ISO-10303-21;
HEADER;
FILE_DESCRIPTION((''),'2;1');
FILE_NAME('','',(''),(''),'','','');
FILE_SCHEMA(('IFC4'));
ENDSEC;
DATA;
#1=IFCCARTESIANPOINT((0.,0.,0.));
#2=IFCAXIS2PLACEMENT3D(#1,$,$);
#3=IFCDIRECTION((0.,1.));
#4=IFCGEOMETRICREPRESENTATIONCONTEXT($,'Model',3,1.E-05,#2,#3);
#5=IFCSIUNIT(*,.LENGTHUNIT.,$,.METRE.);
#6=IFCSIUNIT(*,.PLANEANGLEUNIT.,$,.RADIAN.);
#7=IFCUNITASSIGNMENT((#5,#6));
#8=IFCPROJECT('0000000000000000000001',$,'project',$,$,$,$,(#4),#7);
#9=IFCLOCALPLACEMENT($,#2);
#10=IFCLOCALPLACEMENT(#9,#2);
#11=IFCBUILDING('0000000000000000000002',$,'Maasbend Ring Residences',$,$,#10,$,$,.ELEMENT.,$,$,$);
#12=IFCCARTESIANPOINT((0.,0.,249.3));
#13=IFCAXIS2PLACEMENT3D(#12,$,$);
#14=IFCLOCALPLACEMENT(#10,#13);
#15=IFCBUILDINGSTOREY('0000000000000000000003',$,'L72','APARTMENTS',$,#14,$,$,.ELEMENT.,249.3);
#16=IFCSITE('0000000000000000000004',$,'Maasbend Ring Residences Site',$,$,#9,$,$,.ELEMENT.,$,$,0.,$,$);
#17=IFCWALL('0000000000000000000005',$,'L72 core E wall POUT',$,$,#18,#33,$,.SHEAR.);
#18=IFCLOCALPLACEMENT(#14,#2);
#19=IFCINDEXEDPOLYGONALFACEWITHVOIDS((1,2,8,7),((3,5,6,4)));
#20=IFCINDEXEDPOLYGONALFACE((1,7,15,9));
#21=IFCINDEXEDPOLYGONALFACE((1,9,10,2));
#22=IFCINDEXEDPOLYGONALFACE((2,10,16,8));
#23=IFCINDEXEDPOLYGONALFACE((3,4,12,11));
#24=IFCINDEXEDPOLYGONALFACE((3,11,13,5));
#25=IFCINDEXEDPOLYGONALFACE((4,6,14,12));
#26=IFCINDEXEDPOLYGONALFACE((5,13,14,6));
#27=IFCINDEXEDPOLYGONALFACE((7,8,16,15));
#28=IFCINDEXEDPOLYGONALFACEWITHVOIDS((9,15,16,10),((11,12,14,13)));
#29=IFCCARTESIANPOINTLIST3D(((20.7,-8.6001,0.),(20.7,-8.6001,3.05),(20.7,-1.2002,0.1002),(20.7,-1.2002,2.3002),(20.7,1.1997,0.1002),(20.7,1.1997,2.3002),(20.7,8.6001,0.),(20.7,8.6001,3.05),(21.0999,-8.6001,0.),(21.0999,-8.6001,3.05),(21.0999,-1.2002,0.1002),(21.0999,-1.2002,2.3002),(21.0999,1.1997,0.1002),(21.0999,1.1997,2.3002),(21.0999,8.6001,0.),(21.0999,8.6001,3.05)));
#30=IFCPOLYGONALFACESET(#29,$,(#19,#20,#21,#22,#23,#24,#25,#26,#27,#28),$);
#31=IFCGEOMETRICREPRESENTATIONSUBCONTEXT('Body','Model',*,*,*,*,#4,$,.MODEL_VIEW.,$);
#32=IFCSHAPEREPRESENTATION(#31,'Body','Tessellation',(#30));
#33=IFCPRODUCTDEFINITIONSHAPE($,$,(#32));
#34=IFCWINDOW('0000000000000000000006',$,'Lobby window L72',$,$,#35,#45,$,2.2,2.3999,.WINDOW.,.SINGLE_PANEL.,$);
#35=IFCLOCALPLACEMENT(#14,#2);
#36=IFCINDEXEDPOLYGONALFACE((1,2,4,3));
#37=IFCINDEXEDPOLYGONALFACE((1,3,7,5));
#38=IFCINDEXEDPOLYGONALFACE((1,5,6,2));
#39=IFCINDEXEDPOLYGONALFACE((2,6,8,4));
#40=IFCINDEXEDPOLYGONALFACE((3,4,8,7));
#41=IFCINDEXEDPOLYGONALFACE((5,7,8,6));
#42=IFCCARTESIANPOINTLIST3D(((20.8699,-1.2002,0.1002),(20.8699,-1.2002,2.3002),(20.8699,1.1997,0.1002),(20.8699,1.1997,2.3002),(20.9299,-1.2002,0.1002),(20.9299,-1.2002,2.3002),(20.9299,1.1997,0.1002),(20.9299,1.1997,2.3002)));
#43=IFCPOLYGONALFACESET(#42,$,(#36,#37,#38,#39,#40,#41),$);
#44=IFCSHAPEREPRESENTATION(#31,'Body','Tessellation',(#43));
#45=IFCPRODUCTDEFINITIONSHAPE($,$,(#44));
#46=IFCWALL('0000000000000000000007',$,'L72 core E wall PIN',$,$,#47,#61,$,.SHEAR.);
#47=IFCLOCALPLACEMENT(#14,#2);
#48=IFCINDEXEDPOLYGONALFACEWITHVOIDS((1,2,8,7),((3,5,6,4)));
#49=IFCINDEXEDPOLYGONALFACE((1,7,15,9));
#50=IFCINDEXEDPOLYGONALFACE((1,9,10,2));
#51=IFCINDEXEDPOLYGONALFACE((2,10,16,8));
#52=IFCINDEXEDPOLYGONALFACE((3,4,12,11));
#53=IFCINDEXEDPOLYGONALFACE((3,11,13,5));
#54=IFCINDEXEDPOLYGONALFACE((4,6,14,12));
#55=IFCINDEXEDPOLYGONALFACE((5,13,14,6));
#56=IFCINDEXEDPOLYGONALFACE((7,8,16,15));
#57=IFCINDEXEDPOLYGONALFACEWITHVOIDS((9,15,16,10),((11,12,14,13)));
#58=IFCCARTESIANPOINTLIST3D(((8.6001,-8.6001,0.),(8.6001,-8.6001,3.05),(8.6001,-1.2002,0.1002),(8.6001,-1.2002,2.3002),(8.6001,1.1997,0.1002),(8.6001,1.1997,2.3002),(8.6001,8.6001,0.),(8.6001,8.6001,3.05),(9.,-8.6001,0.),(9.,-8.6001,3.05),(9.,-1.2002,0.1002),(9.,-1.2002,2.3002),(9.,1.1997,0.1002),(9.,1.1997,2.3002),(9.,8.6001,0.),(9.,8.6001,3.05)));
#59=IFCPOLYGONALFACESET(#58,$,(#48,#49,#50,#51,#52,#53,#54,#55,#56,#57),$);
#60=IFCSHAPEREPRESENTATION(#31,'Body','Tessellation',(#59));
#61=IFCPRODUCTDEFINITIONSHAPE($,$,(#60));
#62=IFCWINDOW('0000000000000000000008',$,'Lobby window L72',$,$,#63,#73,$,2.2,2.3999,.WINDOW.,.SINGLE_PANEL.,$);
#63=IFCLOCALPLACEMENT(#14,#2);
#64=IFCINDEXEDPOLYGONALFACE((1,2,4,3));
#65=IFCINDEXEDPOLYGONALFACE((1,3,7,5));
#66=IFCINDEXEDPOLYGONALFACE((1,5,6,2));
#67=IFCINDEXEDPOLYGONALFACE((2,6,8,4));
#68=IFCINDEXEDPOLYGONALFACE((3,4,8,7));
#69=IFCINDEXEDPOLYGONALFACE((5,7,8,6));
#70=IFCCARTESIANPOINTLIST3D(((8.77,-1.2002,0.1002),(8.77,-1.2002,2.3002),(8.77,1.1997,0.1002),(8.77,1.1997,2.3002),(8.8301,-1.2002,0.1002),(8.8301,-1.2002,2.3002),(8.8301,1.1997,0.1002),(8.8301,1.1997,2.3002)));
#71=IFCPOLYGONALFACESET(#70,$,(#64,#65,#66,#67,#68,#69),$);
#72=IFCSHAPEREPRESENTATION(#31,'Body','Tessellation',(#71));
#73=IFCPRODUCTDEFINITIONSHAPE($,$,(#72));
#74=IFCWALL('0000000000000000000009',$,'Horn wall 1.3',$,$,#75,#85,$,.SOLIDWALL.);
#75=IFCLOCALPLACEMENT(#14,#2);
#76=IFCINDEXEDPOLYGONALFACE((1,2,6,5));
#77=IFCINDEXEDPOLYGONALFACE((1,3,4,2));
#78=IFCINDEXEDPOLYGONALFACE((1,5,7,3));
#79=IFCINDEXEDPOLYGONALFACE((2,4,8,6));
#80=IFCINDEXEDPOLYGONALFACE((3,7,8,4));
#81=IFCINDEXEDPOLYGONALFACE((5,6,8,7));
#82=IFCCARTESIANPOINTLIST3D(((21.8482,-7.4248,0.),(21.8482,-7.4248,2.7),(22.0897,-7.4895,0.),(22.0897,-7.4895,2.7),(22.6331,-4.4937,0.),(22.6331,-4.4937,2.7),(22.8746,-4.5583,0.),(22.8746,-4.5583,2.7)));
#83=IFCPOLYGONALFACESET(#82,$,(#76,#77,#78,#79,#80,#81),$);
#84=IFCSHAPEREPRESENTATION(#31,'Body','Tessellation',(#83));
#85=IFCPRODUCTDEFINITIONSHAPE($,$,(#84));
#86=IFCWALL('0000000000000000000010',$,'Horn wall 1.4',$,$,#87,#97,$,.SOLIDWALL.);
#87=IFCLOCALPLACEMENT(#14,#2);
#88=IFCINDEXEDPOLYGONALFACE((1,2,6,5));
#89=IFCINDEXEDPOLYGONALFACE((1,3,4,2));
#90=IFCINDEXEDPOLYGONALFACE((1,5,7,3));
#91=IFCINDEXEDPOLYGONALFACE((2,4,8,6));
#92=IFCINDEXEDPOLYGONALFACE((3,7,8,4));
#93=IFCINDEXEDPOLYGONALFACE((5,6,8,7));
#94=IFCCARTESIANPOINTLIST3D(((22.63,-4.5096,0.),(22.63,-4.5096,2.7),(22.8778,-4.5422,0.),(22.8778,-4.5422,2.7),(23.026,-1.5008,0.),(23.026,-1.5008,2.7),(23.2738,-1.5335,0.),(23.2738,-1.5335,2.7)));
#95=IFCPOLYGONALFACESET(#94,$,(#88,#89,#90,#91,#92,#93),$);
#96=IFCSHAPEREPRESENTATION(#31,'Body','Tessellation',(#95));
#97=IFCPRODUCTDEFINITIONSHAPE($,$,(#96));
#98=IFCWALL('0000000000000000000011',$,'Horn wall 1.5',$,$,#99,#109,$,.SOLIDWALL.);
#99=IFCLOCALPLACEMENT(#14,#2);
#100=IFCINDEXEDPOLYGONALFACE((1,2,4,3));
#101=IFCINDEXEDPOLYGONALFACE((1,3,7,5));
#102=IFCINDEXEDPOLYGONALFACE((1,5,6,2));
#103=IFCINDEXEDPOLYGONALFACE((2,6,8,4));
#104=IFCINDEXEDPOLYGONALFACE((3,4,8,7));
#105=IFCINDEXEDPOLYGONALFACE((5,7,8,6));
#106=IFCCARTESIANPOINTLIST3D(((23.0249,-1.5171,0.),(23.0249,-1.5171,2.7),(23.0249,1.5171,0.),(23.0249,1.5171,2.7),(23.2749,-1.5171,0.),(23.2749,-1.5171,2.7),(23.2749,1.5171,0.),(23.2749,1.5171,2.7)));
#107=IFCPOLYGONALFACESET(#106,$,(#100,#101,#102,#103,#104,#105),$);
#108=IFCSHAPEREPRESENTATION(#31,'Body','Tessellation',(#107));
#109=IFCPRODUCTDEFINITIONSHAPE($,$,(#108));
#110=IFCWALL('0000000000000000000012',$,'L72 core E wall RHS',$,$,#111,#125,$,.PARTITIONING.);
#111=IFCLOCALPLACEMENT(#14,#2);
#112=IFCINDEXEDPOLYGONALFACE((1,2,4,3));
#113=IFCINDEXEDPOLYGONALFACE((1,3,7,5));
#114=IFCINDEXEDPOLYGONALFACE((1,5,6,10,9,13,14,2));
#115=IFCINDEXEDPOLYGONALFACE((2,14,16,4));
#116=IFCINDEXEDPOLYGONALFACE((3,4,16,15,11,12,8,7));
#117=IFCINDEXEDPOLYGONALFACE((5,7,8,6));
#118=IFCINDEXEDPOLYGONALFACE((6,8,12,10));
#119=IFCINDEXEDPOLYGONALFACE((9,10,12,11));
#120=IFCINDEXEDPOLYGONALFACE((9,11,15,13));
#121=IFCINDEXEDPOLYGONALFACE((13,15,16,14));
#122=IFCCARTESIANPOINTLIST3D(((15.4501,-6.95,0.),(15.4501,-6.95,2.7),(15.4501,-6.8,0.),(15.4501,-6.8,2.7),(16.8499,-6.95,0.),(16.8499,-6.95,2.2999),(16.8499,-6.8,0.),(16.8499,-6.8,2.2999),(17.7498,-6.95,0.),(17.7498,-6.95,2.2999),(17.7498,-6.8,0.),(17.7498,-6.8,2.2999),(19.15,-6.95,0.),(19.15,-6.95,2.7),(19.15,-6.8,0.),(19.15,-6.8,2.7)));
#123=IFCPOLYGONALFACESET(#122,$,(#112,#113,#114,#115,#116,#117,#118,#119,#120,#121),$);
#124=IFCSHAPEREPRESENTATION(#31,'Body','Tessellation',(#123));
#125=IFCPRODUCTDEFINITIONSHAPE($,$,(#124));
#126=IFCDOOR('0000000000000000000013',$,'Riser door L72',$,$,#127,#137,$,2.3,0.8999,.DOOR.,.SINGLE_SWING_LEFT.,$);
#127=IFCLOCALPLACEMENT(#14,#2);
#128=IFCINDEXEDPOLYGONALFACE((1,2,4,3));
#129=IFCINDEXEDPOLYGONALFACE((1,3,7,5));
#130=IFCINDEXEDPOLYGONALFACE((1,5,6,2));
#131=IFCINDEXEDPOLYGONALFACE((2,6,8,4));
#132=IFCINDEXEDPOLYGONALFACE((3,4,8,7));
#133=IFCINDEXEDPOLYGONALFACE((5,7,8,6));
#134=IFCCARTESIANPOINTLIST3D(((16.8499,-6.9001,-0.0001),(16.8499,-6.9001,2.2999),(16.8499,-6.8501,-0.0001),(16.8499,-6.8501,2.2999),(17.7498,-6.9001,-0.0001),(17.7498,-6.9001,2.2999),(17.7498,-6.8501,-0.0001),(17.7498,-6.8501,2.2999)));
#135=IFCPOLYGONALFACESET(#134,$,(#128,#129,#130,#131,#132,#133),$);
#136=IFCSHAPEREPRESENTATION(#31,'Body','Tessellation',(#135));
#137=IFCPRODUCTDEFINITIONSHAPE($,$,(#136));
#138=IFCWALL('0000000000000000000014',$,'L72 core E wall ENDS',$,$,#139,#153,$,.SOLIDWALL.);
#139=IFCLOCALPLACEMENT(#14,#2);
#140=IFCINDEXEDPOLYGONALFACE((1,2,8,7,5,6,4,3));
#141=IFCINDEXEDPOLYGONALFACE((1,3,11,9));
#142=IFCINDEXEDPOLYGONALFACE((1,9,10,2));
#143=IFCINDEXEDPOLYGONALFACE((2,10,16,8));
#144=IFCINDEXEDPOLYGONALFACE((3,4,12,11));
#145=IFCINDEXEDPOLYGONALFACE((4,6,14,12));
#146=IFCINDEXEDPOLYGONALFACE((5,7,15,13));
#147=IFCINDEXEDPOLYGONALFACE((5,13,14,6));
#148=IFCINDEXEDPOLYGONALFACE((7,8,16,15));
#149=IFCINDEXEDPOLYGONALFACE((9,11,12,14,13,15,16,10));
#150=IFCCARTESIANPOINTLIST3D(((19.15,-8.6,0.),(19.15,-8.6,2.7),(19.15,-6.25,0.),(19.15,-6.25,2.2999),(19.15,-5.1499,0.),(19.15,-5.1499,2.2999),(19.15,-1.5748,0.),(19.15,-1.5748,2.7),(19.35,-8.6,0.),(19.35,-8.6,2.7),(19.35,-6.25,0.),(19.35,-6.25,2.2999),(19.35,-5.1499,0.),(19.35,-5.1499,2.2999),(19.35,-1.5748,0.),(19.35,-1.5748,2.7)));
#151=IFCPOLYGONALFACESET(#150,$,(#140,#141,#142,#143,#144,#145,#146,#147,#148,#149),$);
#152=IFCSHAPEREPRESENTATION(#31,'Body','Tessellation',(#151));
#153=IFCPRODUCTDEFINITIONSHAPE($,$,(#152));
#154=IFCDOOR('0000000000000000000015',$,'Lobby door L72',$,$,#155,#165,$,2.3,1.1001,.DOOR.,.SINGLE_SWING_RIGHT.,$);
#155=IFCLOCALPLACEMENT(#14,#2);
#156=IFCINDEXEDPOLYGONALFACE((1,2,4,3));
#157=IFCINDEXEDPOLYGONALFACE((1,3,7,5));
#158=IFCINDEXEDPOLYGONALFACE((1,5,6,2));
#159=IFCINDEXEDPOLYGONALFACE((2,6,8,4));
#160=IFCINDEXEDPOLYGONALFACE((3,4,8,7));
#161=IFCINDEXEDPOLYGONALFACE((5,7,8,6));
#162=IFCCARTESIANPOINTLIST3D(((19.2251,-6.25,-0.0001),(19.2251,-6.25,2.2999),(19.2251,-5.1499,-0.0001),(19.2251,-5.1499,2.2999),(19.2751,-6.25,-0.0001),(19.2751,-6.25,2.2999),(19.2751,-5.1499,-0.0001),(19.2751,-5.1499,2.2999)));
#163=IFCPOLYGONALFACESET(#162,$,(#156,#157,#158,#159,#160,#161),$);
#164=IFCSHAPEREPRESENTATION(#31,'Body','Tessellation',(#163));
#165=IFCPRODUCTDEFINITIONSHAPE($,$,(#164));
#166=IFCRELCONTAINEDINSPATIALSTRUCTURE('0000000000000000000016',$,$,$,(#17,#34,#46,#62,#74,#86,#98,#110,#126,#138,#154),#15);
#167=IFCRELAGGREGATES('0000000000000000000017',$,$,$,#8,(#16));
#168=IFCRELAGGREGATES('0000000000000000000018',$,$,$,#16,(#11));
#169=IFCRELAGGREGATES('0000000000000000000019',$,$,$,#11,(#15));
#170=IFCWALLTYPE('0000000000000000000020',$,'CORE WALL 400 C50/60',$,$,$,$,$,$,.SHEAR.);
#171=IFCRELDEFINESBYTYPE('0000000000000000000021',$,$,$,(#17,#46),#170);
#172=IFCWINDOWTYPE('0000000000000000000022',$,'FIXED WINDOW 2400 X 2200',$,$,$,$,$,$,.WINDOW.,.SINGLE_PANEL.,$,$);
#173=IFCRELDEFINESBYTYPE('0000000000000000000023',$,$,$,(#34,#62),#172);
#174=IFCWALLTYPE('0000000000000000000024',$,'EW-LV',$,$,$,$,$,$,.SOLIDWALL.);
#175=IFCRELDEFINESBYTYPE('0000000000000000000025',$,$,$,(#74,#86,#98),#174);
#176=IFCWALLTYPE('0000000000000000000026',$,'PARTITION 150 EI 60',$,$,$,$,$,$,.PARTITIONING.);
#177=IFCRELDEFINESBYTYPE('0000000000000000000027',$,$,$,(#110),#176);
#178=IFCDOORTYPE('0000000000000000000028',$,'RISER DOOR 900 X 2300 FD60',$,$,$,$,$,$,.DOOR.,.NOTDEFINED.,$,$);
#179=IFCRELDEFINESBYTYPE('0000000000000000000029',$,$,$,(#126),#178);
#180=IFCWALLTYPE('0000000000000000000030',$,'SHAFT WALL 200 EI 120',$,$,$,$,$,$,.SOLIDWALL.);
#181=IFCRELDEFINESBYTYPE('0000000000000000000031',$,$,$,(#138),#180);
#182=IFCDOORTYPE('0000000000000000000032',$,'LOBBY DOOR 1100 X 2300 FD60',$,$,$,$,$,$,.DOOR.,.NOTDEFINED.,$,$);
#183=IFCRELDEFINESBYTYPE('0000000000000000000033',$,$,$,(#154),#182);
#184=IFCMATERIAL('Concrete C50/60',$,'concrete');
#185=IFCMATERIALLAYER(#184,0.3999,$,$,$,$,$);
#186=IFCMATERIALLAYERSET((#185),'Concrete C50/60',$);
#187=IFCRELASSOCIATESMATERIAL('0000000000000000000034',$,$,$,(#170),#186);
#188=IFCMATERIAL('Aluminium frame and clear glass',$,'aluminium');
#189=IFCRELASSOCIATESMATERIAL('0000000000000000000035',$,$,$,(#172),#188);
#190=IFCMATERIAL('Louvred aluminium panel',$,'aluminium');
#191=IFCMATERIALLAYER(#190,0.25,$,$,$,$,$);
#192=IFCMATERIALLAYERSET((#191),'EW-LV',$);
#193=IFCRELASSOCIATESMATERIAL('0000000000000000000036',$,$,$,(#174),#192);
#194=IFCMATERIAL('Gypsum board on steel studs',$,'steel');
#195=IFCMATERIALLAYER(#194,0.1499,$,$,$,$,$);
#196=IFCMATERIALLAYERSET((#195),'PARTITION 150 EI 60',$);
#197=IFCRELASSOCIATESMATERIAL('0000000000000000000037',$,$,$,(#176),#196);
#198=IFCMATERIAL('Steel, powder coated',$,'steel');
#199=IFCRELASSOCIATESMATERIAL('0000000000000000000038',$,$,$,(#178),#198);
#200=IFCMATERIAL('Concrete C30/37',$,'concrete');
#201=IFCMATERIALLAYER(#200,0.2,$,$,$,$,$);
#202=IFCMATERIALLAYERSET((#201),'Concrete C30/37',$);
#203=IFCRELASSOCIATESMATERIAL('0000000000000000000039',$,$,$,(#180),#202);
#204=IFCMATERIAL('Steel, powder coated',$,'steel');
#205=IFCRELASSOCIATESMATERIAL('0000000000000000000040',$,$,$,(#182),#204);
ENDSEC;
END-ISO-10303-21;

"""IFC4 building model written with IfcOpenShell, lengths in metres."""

from ifc_helpers import new_model, si_unit, direction, frame, frame_2d, origin, place, context, subcontext, project, spatial, rectangle, extrude, material, layer, layer_set, type_object, element, fill, save


model = new_model("IFC4")

# Units and contexts
model_context = context("Model", 3, precision=1e-05, world=origin(), true_north=direction((0.0, 1.0)))
body_context = subcontext(model_context, "Body", "Model", "MODEL_VIEW")
ifc_project = project(units=[si_unit("LENGTHUNIT", "METRE"), si_unit("PLANEANGLEUNIT", "RADIAN")], contexts=[model_context])

# Site, building, storey
site_placement = place(None, origin())
site = spatial("IfcSite", under=ifc_project, at=site_placement, Name="Maasbend Ring Residences Site", CompositionType="ELEMENT", RefElevation=0.0)
building_placement = place(site_placement, origin())
building = spatial("IfcBuilding", under=site, at=building_placement, Name="Maasbend Ring Residences", CompositionType="ELEMENT")
storey_placement = place(building_placement, frame((0.0, 0.0, 249.3)))
storey = spatial("IfcBuildingStorey", under=building, at=storey_placement, Name="L72", Description="APARTMENTS", CompositionType="ELEMENT", Elevation=249.3)

# Walls, openings, windows
ifc_material_1 = material(Name="Concrete C50/60", Category="concrete")
ifc_layer_1 = layer(ifc_material_1, 0.3999)
ifc_layer_set_1 = layer_set([ifc_layer_1], Name="Concrete C50/60")
wall_type_1 = type_object("IfcWallType", Name="CORE WALL 400 C50/60", PredefinedType="SHEAR", material=ifc_layer_set_1)
wall_1_placement = place(storey_placement, frame((20.8999, -8.6001, 0.0), z_axis=(0.0, 0.0, 1.0), x_axis=(0.0, 1.0, 0.0)))
wall_1 = element("IfcWall", 1, at=wall_1_placement, inside=storey, type_object=wall_type_1, Name="L72 core E wall POUT", PredefinedType="SHEAR", context=body_context, shape_type="SweptSolid", body=[
    extrude(rectangle(XDim=17.2002, YDim=0.3999, at=frame_2d((8.6001, 0.0))), origin(), (0.0, 0.0, 1.0), 3.05),
])
opening_1_placement = place(wall_1_placement, frame((7.3999, 0.0, 0.1001)))
opening_1 = element("IfcOpeningElement", 2, at=opening_1_placement, cuts=wall_1, PredefinedType="OPENING", context=body_context, shape_type="SweptSolid", body=[
    extrude(rectangle(XDim=2.3999, YDim=2.2, at=frame_2d((1.2, 1.1001))), frame((0.0, 0.21, 0.0), z_axis=(0.0, -1.0, 0.0), x_axis=(1.0, 0.0, 0.0)), (0.0, 0.0, 1.0), 0.4199),
])
ifc_material_2 = material(Name="Aluminium frame and clear glass", Category="aluminium")
window_type = type_object("IfcWindowType", Name="FIXED WINDOW 2400 X 2200", PartitioningType="SINGLE_PANEL", PredefinedType="WINDOW", material=ifc_material_2)
window_1_placement = place(opening_1_placement, origin())
window_1 = element("IfcWindow", 3, at=window_1_placement, inside=storey, type_object=window_type, Name="Lobby window L72", OverallHeight=2.2, OverallWidth=2.3999, PartitioningType="SINGLE_PANEL", PredefinedType="WINDOW", context=body_context, shape_type="SweptSolid", body=[
    extrude(rectangle(XDim=2.3999, YDim=2.2, at=frame_2d((1.2, 1.1001))), frame((0.0, 0.03, 0.0), z_axis=(0.0, -1.0, 0.0), x_axis=(1.0, 0.0, 0.0)), (0.0, 0.0, 1.0), 0.0601),
])
fill(opening_1, window_1)
wall_2_placement = place(storey_placement, frame((8.8, -8.6001, 0.0), z_axis=(0.0, 0.0, 1.0), x_axis=(0.0, 1.0, 0.0)))
wall_2 = element("IfcWall", 4, at=wall_2_placement, inside=storey, type_object=wall_type_1, Name="L72 core E wall PIN", PredefinedType="SHEAR", context=body_context, shape_type="SweptSolid", body=[
    extrude(rectangle(XDim=17.2002, YDim=0.3999, at=frame_2d((8.6001, 0.0))), origin(), (0.0, 0.0, 1.0), 3.05),
])
opening_2_placement = place(wall_2_placement, frame((7.3999, 0.0, 0.1001)))
opening_2 = element("IfcOpeningElement", 5, at=opening_2_placement, cuts=wall_2, PredefinedType="OPENING", context=body_context, shape_type="SweptSolid", body=[
    extrude(rectangle(XDim=2.3999, YDim=2.2, at=frame_2d((1.2, 1.1001))), frame((0.0, 0.21, 0.0), z_axis=(0.0, -1.0, 0.0), x_axis=(1.0, 0.0, 0.0)), (0.0, 0.0, 1.0), 0.4199),
])
window_2_placement = place(opening_2_placement, origin())
window_2 = element("IfcWindow", 6, at=window_2_placement, inside=storey, type_object=window_type, Name="Lobby window L72", OverallHeight=2.2, OverallWidth=2.3999, PartitioningType="SINGLE_PANEL", PredefinedType="WINDOW", context=body_context, shape_type="SweptSolid", body=[
    extrude(rectangle(XDim=2.3999, YDim=2.2, at=frame_2d((1.2, 1.1001))), frame((0.0, 0.03, 0.0), z_axis=(0.0, -1.0, 0.0), x_axis=(1.0, 0.0, 0.0)), (0.0, 0.0, 1.0), 0.0601),
])
fill(opening_2, window_2)

# Walls
ifc_material_3 = material(Name="Louvred aluminium panel", Category="aluminium")
ifc_layer_2 = layer(ifc_material_3, 0.25)
ifc_layer_set_2 = layer_set([ifc_layer_2], Name="EW-LV")
wall_type_2 = type_object("IfcWallType", Name="EW-LV", PredefinedType="SOLIDWALL", material=ifc_layer_set_2)
wall_3_placement = place(storey_placement, frame((21.969, -7.457, 0.0), z_axis=(0.0, 0.0, 1.0), x_axis=(0.258669, 0.965966, 0.0)))
element("IfcWall", 7, at=wall_3_placement, inside=storey, type_object=wall_type_2, Name="Horn wall 1.3", PredefinedType="SOLIDWALL", context=body_context, shape_type="SweptSolid", body=[
    extrude(rectangle(XDim=3.0344, YDim=0.25, at=frame_2d((1.5171, 0.0))), origin(), (0.0, 0.0, 1.0), 2.7),
])
wall_4_placement = place(storey_placement, frame((22.7539, -4.5259, 0.0), z_axis=(0.0, 0.0, 1.0), x_axis=(0.130488, 0.99145, 0.0)))
element("IfcWall", 8, at=wall_4_placement, inside=storey, type_object=wall_type_2, Name="Horn wall 1.4", PredefinedType="SOLIDWALL", context=body_context, shape_type="SweptSolid", body=[
    extrude(rectangle(XDim=3.0347, YDim=0.25, at=frame_2d((1.5173, 0.0))), origin(), (0.0, 0.0, 1.0), 2.7),
])
wall_5_placement = place(storey_placement, frame((23.1499, -1.5171, 0.0), z_axis=(0.0, 0.0, 1.0), x_axis=(0.0, 1.0, 0.0)))
element("IfcWall", 9, at=wall_5_placement, inside=storey, type_object=wall_type_2, Name="Horn wall 1.5", PredefinedType="SOLIDWALL", context=body_context, shape_type="SweptSolid", body=[
    extrude(rectangle(XDim=3.0342, YDim=0.25, at=frame_2d((1.5171, 0.0))), origin(), (0.0, 0.0, 1.0), 2.7),
])

# Walls, openings, doors
ifc_material_4 = material(Name="Gypsum board on steel studs", Category="steel")
ifc_layer_3 = layer(ifc_material_4, 0.1499)
ifc_layer_set_3 = layer_set([ifc_layer_3], Name="PARTITION 150 EI 60")
wall_type_3 = type_object("IfcWallType", Name="PARTITION 150 EI 60", PredefinedType="PARTITIONING", material=ifc_layer_set_3)
wall_6_placement = place(storey_placement, frame((15.45, -6.875, 0.0), z_axis=(0.0, 0.0, 1.0), x_axis=(1.0, 0.0, 0.0)))
wall_6 = element("IfcWall", 10, at=wall_6_placement, inside=storey, type_object=wall_type_3, Name="L72 core E wall RHS", PredefinedType="PARTITIONING", context=body_context, shape_type="SweptSolid", body=[
    extrude(rectangle(XDim=3.7, YDim=0.1499, at=frame_2d((1.8501, 0.0))), origin(), (0.0, 0.0, 1.0), 2.7),
])
opening_3_placement = place(wall_6_placement, frame((1.3999, 0.0, 0.0)))
opening_3 = element("IfcOpeningElement", 11, at=opening_3_placement, cuts=wall_6, PredefinedType="OPENING", context=body_context, shape_type="SweptSolid", body=[
    extrude(rectangle(XDim=0.8999, YDim=2.3, at=frame_2d((0.45, 1.1499))), frame((0.0, 0.085, 0.0), z_axis=(0.0, -1.0, 0.0), x_axis=(1.0, 0.0, 0.0)), (0.0, 0.0, 1.0), 0.1699),
])
ifc_material_5 = material(Name="Steel, powder coated", Category="steel")
door_type_1 = type_object("IfcDoorType", Name="RISER DOOR 900 X 2300 FD60", OperationType="NOTDEFINED", PredefinedType="DOOR", material=ifc_material_5)
door_1_placement = place(opening_3_placement, origin())
door_1 = element("IfcDoor", 12, at=door_1_placement, inside=storey, type_object=door_type_1, Name="Riser door L72", OperationType="SINGLE_SWING_LEFT", OverallHeight=2.3, OverallWidth=0.8999, PredefinedType="DOOR", context=body_context, shape_type="SweptSolid", body=[
    extrude(rectangle(XDim=0.8999, YDim=2.3, at=frame_2d((0.45, 1.1499))), frame((0.0, 0.0249, 0.0), z_axis=(0.0, -1.0, 0.0), x_axis=(1.0, 0.0, 0.0)), (0.0, 0.0, 1.0), 0.05),
])
fill(opening_3, door_1)
ifc_material_6 = material(Name="Concrete C30/37", Category="concrete")
ifc_layer_4 = layer(ifc_material_6, 0.2)
ifc_layer_set_4 = layer_set([ifc_layer_4], Name="Concrete C30/37")
wall_type_4 = type_object("IfcWallType", Name="SHAFT WALL 200 EI 120", PredefinedType="SOLIDWALL", material=ifc_layer_set_4)
wall_7_placement = place(storey_placement, frame((19.25, -8.6001, 0.0), z_axis=(0.0, 0.0, 1.0), x_axis=(0.0, 1.0, 0.0)))
wall_7 = element("IfcWall", 13, at=wall_7_placement, inside=storey, type_object=wall_type_4, Name="L72 core E wall ENDS", PredefinedType="SOLIDWALL", context=body_context, shape_type="SweptSolid", body=[
    extrude(rectangle(XDim=7.0251, YDim=0.2, at=frame_2d((3.5127, 0.0))), origin(), (0.0, 0.0, 1.0), 2.7),
])
opening_4_placement = place(wall_7_placement, frame((2.3501, 0.0, 0.0)))
opening_4 = element("IfcOpeningElement", 14, at=opening_4_placement, cuts=wall_7, PredefinedType="OPENING", context=body_context, shape_type="SweptSolid", body=[
    extrude(rectangle(XDim=1.1001, YDim=2.3, at=frame_2d((0.55, 1.1499))), frame((0.0, 0.1099, 0.0), z_axis=(0.0, -1.0, 0.0), x_axis=(1.0, 0.0, 0.0)), (0.0, 0.0, 1.0), 0.22),
])
ifc_material_7 = material(Name="Steel, powder coated", Category="steel")
door_type_2 = type_object("IfcDoorType", Name="LOBBY DOOR 1100 X 2300 FD60", OperationType="NOTDEFINED", PredefinedType="DOOR", material=ifc_material_7)
door_2_placement = place(opening_4_placement, origin())
door_2 = element("IfcDoor", 15, at=door_2_placement, inside=storey, type_object=door_type_2, Name="Lobby door L72", OperationType="SINGLE_SWING_RIGHT", OverallHeight=2.3, OverallWidth=1.1001, PredefinedType="DOOR", context=body_context, shape_type="SweptSolid", body=[
    extrude(rectangle(XDim=1.1001, YDim=2.3, at=frame_2d((0.55, 1.1499))), frame((0.0, 0.0249, 0.0), z_axis=(0.0, -1.0, 0.0), x_axis=(1.0, 0.0, 0.0)), (0.0, 0.0, 1.0), 0.05),
])
fill(opening_4, door_2)

save(model, "model.ifc")
